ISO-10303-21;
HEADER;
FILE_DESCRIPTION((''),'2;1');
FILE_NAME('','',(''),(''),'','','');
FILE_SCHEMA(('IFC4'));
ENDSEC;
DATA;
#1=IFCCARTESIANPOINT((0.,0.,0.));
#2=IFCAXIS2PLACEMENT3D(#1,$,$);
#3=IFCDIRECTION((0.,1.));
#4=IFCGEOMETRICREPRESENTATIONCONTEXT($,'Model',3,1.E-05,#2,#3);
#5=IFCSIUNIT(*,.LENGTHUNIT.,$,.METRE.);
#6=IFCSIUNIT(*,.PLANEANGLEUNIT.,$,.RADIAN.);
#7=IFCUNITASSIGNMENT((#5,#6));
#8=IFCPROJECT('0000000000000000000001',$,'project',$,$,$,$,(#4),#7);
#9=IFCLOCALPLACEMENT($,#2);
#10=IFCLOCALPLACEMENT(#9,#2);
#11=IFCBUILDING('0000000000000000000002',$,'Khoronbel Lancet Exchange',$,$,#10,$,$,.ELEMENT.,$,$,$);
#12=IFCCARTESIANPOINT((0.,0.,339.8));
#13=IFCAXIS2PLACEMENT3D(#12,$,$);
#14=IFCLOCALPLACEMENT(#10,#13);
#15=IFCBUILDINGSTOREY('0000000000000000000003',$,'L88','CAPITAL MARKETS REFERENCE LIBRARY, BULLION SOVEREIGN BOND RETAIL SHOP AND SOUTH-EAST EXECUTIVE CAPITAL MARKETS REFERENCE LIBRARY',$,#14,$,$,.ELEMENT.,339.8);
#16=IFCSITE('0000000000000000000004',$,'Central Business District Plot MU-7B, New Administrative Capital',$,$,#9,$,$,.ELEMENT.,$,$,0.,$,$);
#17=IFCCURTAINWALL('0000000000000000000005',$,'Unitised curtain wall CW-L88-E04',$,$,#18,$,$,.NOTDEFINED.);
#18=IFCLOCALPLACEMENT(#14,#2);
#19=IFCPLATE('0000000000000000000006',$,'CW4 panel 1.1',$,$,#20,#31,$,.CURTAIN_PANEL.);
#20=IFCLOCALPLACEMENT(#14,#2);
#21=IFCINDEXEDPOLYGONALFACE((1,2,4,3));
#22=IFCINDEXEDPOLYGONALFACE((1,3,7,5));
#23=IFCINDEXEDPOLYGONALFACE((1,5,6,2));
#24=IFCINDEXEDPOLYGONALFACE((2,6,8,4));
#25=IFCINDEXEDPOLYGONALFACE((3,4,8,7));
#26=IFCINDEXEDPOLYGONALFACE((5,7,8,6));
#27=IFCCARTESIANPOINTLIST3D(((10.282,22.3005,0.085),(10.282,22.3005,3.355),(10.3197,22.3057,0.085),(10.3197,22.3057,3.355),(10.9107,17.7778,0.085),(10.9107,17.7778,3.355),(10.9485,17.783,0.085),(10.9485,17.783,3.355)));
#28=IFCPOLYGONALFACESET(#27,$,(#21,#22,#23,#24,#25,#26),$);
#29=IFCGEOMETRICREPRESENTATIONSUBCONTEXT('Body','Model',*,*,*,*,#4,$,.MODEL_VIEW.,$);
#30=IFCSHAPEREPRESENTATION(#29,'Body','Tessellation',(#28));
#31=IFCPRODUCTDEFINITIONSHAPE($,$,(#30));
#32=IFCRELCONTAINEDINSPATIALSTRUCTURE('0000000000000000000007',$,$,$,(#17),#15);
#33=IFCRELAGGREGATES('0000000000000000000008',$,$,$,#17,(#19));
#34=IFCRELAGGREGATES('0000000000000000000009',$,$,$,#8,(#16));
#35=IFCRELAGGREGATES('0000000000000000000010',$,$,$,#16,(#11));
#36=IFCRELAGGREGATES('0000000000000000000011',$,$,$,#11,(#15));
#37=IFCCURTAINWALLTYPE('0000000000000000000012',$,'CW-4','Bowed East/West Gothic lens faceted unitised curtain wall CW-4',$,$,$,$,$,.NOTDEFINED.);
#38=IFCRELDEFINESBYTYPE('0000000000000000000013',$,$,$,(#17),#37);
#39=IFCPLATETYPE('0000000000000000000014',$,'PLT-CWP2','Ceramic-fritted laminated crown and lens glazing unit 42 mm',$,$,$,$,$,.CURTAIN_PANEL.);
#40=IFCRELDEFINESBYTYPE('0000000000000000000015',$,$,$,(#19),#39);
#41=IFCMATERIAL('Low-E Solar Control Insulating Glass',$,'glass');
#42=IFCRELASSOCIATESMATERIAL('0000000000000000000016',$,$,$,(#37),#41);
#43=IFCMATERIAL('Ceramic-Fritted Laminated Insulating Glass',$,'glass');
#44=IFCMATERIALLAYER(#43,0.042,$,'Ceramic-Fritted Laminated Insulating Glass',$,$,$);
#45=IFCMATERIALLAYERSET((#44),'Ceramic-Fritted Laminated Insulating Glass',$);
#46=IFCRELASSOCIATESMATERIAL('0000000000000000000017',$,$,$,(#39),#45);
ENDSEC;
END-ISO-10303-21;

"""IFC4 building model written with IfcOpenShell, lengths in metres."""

from ifc_helpers import new_model, si_unit, direction, frame, origin, origin_2d, place, context, subcontext, project, spatial, rectangle, extrude, material, layer, layer_set, type_object, element, aggregate, save


model = new_model("IFC4")

# Units and contexts
model_context = context("Model", 3, precision=1e-05, world=origin(), true_north=direction((0.0, 1.0)))
body_context = subcontext(model_context, "Body", "Model", "MODEL_VIEW")
ifc_project = project(units=[si_unit("LENGTHUNIT", "METRE"), si_unit("PLANEANGLEUNIT", "RADIAN")], contexts=[model_context])

# Site, building, storey
site_placement = place(None, origin())
site = spatial("IfcSite", under=ifc_project, at=site_placement, Name="Central Business District Plot MU-7B, New Administrative Capital", CompositionType="ELEMENT", RefElevation=0.0)
building_placement = place(site_placement, origin())
building = spatial("IfcBuilding", under=site, at=building_placement, Name="Khoronbel Lancet Exchange", CompositionType="ELEMENT")
storey_placement = place(building_placement, frame((0.0, 0.0, 339.8)))
storey = spatial("IfcBuildingStorey", under=building, at=storey_placement, Name="L88", Description="CAPITAL MARKETS REFERENCE LIBRARY, BULLION SOVEREIGN BOND RETAIL SHOP AND SOUTH-EAST EXECUTIVE CAPITAL MARKETS REFERENCE LIBRARY", CompositionType="ELEMENT", Elevation=339.8)

# Curtain wall
ifc_material_1 = material(Name="Low-E Solar Control Insulating Glass", Category="glass")
curtain_wall_type = type_object("IfcCurtainWallType", Name="CW-4", Description="Bowed East/West Gothic lens faceted unitised curtain wall CW-4", PredefinedType="NOTDEFINED", material=ifc_material_1)
curtain_wall_1_placement = place(storey_placement, origin())
curtain_wall_1 = element("IfcCurtainWall", 1, at=curtain_wall_1_placement, inside=storey, type_object=curtain_wall_type, Name="Unitised curtain wall CW-L88-E04", PredefinedType="NOTDEFINED")

# Plate
ifc_material_2 = material(Name="Ceramic-Fritted Laminated Insulating Glass", Category="glass")
ifc_layer_1 = layer(ifc_material_2, 0.042, Name="Ceramic-Fritted Laminated Insulating Glass")
ifc_layer_set_1 = layer_set([ifc_layer_1], Name="Ceramic-Fritted Laminated Insulating Glass")
plate_type_1 = type_object("IfcPlateType", Name="PLT-CWP2", Description="Ceramic-fritted laminated crown and lens glazing unit 42 mm", PredefinedType="CURTAIN_PANEL", material=ifc_layer_set_1)
plate_1_placement = place(storey_placement, frame((10.6152, 20.0417, 0.085), z_axis=(0.0, 0.0, 1.0), x_axis=(-0.137695, 0.990475, 0.0)))
plate_1 = element("IfcPlate", 2, at=plate_1_placement, type_object=plate_type_1, Name="CW4 panel 1.1", PredefinedType="CURTAIN_PANEL", context=body_context, shape_type="SweptSolid", body=[
    extrude(rectangle(XDim=4.5662, YDim=0.0381, at=origin_2d()), origin(), (0.0, 0.0, 1.0), 3.27),
])
aggregate(curtain_wall_1, [plate_1])

save(model, "model.ifc")
